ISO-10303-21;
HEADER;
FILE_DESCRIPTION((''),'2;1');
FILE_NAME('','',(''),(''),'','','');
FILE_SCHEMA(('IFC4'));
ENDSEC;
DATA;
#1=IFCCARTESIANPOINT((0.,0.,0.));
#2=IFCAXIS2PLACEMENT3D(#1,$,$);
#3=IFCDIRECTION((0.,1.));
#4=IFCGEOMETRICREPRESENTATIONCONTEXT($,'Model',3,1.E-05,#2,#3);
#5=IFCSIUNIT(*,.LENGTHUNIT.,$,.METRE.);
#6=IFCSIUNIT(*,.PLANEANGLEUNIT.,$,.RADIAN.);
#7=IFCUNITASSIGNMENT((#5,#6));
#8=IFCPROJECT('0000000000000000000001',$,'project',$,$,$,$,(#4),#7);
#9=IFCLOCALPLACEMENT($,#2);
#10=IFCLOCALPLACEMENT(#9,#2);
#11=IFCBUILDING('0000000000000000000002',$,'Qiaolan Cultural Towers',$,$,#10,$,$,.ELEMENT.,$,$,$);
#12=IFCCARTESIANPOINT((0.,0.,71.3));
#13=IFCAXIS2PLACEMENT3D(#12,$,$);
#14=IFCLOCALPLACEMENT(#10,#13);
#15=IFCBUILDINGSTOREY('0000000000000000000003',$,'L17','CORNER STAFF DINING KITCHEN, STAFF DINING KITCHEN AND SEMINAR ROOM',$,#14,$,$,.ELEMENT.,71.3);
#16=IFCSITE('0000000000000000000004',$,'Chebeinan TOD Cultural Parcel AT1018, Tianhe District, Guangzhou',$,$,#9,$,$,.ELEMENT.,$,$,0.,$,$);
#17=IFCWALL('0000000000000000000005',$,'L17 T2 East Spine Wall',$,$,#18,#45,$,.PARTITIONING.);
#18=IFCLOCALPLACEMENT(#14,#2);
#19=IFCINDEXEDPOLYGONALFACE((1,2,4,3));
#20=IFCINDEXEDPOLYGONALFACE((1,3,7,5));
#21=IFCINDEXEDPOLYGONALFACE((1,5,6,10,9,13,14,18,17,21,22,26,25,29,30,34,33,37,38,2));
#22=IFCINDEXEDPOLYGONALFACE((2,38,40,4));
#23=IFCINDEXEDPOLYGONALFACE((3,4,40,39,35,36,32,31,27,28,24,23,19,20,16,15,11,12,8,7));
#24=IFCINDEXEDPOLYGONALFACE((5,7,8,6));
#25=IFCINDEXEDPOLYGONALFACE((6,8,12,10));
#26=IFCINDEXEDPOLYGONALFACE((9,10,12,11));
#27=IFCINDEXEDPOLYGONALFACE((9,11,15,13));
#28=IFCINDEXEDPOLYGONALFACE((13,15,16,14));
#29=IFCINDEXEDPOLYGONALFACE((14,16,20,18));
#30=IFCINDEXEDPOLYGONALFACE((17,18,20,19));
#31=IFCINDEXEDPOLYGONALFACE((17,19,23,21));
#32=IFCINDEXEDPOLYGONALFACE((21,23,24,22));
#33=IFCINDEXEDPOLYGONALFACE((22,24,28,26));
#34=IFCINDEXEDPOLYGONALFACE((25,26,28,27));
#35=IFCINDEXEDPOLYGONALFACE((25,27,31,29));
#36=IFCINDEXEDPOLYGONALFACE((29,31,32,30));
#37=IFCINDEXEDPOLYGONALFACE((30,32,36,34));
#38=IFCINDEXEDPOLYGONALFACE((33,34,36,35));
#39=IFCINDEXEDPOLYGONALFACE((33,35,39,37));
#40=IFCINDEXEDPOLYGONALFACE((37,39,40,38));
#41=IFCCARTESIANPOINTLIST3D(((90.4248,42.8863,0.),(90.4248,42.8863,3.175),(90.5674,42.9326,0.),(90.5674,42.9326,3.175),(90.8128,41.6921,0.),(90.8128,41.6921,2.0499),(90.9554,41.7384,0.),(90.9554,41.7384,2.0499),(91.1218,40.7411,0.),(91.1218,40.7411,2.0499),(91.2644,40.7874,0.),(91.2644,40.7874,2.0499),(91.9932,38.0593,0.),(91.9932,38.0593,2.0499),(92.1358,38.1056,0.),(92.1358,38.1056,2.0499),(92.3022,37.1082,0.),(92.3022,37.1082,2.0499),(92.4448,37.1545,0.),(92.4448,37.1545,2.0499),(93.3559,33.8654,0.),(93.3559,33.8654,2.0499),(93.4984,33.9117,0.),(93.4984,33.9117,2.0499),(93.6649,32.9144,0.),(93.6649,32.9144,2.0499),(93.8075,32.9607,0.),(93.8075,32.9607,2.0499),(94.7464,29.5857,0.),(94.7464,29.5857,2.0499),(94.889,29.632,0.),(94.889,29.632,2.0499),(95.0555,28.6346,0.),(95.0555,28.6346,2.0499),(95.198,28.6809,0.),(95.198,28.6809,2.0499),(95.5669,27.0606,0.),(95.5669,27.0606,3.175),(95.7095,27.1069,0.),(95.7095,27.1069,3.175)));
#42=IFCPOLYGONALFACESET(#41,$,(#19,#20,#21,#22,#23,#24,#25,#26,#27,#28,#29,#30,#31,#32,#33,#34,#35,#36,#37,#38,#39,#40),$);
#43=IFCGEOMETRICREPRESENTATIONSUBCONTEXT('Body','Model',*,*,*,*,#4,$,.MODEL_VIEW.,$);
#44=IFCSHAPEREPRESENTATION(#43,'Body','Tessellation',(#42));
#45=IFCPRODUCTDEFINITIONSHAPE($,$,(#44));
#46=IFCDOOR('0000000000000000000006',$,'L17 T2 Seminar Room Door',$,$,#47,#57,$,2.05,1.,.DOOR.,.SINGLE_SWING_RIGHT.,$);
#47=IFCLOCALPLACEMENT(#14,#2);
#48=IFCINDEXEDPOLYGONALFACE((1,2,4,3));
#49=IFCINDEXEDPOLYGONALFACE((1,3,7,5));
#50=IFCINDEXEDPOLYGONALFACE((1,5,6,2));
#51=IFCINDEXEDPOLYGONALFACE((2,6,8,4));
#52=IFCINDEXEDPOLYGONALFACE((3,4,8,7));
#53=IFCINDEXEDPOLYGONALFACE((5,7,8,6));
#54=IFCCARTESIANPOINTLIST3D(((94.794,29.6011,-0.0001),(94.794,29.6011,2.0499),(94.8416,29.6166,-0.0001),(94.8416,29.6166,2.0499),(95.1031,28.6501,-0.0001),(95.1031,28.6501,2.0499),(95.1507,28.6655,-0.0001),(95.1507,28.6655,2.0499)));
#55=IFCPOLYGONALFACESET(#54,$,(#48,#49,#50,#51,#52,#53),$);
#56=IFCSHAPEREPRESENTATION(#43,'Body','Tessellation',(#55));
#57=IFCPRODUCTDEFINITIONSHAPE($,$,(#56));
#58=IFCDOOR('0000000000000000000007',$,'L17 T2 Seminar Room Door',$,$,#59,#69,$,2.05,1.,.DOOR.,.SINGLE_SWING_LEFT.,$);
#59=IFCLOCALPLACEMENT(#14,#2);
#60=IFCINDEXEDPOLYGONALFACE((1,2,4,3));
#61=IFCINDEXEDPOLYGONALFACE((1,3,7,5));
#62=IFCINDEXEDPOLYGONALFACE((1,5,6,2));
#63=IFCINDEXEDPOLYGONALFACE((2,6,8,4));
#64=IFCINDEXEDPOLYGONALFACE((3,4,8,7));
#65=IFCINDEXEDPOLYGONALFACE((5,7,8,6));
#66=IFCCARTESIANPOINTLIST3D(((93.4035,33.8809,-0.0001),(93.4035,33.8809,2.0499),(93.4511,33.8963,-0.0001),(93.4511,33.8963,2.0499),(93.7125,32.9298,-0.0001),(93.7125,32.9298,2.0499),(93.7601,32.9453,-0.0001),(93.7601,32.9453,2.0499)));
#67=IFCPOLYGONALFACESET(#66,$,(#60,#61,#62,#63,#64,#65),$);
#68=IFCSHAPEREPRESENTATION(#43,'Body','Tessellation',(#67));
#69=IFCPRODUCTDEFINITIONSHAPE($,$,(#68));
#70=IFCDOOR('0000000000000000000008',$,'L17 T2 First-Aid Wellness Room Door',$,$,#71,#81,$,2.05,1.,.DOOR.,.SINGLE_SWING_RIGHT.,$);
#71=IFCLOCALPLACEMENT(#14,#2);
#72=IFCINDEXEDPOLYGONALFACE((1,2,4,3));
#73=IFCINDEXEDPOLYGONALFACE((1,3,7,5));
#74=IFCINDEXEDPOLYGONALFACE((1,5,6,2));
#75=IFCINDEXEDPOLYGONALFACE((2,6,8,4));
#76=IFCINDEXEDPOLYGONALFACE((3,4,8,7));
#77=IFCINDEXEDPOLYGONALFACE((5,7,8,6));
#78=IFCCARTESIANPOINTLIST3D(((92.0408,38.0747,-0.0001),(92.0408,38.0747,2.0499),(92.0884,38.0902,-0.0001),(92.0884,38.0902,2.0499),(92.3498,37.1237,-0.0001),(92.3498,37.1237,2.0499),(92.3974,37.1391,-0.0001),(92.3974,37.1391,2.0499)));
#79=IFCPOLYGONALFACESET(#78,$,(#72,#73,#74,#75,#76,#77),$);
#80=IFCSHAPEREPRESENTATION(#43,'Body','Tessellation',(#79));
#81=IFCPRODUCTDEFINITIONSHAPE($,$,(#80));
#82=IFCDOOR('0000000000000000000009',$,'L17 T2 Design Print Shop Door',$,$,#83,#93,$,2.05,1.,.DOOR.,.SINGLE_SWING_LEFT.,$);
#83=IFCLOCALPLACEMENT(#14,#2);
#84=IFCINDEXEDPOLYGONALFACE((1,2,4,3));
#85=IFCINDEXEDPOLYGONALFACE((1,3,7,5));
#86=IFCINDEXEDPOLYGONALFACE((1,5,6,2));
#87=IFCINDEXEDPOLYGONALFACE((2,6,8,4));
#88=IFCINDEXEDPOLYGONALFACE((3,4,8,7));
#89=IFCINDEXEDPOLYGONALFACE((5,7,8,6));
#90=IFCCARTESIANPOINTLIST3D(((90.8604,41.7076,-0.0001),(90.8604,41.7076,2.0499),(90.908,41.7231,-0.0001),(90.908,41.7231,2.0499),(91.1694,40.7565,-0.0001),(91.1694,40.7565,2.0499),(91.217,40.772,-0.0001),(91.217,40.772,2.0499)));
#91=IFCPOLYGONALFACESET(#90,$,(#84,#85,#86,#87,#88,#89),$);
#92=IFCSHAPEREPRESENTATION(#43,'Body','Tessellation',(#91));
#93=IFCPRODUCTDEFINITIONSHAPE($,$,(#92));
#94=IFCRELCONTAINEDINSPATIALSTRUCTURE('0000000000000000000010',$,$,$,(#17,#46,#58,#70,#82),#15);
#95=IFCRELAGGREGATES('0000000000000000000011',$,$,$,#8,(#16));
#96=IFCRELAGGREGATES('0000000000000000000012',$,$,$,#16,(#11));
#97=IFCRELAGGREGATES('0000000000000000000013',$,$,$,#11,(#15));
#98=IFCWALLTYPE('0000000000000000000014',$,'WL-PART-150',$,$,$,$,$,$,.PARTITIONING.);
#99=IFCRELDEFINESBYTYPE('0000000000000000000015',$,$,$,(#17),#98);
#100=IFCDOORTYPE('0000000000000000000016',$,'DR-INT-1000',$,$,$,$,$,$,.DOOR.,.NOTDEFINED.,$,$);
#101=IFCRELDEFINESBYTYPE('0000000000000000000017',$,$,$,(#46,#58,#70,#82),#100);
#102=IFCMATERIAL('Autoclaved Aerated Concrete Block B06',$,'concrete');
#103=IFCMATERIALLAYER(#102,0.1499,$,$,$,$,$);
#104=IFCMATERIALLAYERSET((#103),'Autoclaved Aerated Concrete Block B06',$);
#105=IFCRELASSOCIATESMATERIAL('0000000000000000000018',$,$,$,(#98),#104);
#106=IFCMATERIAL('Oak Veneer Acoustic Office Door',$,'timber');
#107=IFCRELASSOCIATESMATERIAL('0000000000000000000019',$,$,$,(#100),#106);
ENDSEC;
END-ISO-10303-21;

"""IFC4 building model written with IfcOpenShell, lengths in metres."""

from ifc_helpers import new_model, si_unit, direction, frame, frame_2d, origin, place, context, subcontext, project, spatial, rectangle, extrude, material, layer, layer_set, type_object, element, fill, save


model = new_model("IFC4")

# Units and contexts
model_context = context("Model", 3, precision=1e-05, world=origin(), true_north=direction((0.0, 1.0)))
body_context = subcontext(model_context, "Body", "Model", "MODEL_VIEW")
ifc_project = project(units=[si_unit("LENGTHUNIT", "METRE"), si_unit("PLANEANGLEUNIT", "RADIAN")], contexts=[model_context])

# Site, building, storey
site_placement = place(None, origin())
site = spatial("IfcSite", under=ifc_project, at=site_placement, Name="Chebeinan TOD Cultural Parcel AT1018, Tianhe District, Guangzhou", CompositionType="ELEMENT", RefElevation=0.0)
building_placement = place(site_placement, origin())
building = spatial("IfcBuilding", under=site, at=building_placement, Name="Qiaolan Cultural Towers", CompositionType="ELEMENT")
storey_placement = place(building_placement, frame((0.0, 0.0, 71.3)))
storey = spatial("IfcBuildingStorey", under=building, at=storey_placement, Name="L17", Description="CORNER STAFF DINING KITCHEN, STAFF DINING KITCHEN AND SEMINAR ROOM", CompositionType="ELEMENT", Elevation=71.3)

# Shared definitions
ifc_material_1 = material(Name="Autoclaved Aerated Concrete Block B06", Category="concrete")
ifc_layer_1 = layer(ifc_material_1, 0.1499)
ifc_layer_set_1 = layer_set([ifc_layer_1], Name="Autoclaved Aerated Concrete Block B06")
wall_type_1 = type_object("IfcWallType", Name="WL-PART-150", PredefinedType="PARTITIONING", material=ifc_layer_set_1)

# Shared definitions
ifc_material_2 = material(Name="Oak Veneer Acoustic Office Door", Category="timber")
door_type_1 = type_object("IfcDoorType", Name="DR-INT-1000", OperationType="NOTDEFINED", PredefinedType="DOOR", material=ifc_material_2)

# Wall, openings, doors
wall_1_placement = place(storey_placement, frame((95.6382, 27.0837, 0.0), z_axis=(0.0, 0.0, 1.0), x_axis=(-0.309018, 0.951056, 0.0)))
wall_1 = element("IfcWall", 1, at=wall_1_placement, inside=storey, type_object=wall_type_1, Name="L17 T2 East Spine Wall", PredefinedType="PARTITIONING", context=body_context, shape_type="SweptSolid", body=[
    extrude(rectangle(XDim=16.6401, YDim=0.1499, at=frame_2d((8.3201, 0.0))), origin(), (0.0, 0.0, 1.0), 3.175),
])
opening_1_placement = place(wall_1_placement, frame((1.655, 0.0, 0.0)))
opening_1 = element("IfcOpeningElement", 2, at=opening_1_placement, cuts=wall_1, PredefinedType="OPENING", context=body_context, shape_type="SweptSolid", body=[
    extrude(rectangle(XDim=1.0, YDim=2.05, at=frame_2d((0.5, 1.0249))), frame((0.0, 0.085, 0.0), z_axis=(0.0, -1.0, 0.0), x_axis=(1.0, 0.0, 0.0)), (0.0, 0.0, 1.0), 0.1699),
])
opening_2_placement = place(wall_1_placement, frame((6.155, 0.0, 0.0)))
opening_2 = element("IfcOpeningElement", 3, at=opening_2_placement, cuts=wall_1, PredefinedType="OPENING", context=body_context, shape_type="SweptSolid", body=[
    extrude(rectangle(XDim=1.0, YDim=2.05, at=frame_2d((0.5, 1.0249))), frame((0.0, 0.085, 0.0), z_axis=(0.0, -1.0, 0.0), x_axis=(1.0, 0.0, 0.0)), (0.0, 0.0, 1.0), 0.1699),
])
opening_3_placement = place(wall_1_placement, frame((10.5647, 0.0, 0.0)))
opening_3 = element("IfcOpeningElement", 4, at=opening_3_placement, cuts=wall_1, PredefinedType="OPENING", context=body_context, shape_type="SweptSolid", body=[
    extrude(rectangle(XDim=1.0, YDim=2.05, at=frame_2d((0.5, 1.0249))), frame((0.0, 0.085, 0.0), z_axis=(0.0, -1.0, 0.0), x_axis=(1.0, 0.0, 0.0)), (0.0, 0.0, 1.0), 0.1699),
])
opening_4_placement = place(wall_1_placement, frame((14.3845, 0.0, 0.0)))
opening_4 = element("IfcOpeningElement", 5, at=opening_4_placement, cuts=wall_1, PredefinedType="OPENING", context=body_context, shape_type="SweptSolid", body=[
    extrude(rectangle(XDim=1.0, YDim=2.05, at=frame_2d((0.5, 1.0249))), frame((0.0, 0.085, 0.0), z_axis=(0.0, -1.0, 0.0), x_axis=(1.0, 0.0, 0.0)), (0.0, 0.0, 1.0), 0.1699),
])
door_1_placement = place(opening_1_placement, origin())
door_1 = element("IfcDoor", 6, at=door_1_placement, inside=storey, type_object=door_type_1, Name="L17 T2 Seminar Room Door", OperationType="SINGLE_SWING_RIGHT", OverallHeight=2.05, OverallWidth=1.0, PredefinedType="DOOR", context=body_context, shape_type="SweptSolid", body=[
    extrude(rectangle(XDim=1.0, YDim=2.05, at=frame_2d((0.5, 1.0249))), frame((0.0, 0.0249, 0.0), z_axis=(0.0, -1.0, 0.0), x_axis=(1.0, 0.0, 0.0)), (0.0, 0.0, 1.0), 0.05),
])
fill(opening_1, door_1)
door_2_placement = place(opening_2_placement, origin())
door_2 = element("IfcDoor", 7, at=door_2_placement, inside=storey, type_object=door_type_1, Name="L17 T2 Seminar Room Door", OperationType="SINGLE_SWING_LEFT", OverallHeight=2.05, OverallWidth=1.0, PredefinedType="DOOR", context=body_context, shape_type="SweptSolid", body=[
    extrude(rectangle(XDim=1.0, YDim=2.05, at=frame_2d((0.5, 1.0249))), frame((0.0, 0.0249, 0.0), z_axis=(0.0, -1.0, 0.0), x_axis=(1.0, 0.0, 0.0)), (0.0, 0.0, 1.0), 0.05),
])
fill(opening_2, door_2)
door_3_placement = place(opening_3_placement, origin())
door_3 = element("IfcDoor", 8, at=door_3_placement, inside=storey, type_object=door_type_1, Name="L17 T2 First-Aid Wellness Room Door", OperationType="SINGLE_SWING_RIGHT", OverallHeight=2.05, OverallWidth=1.0, PredefinedType="DOOR", context=body_context, shape_type="SweptSolid", body=[
    extrude(rectangle(XDim=1.0, YDim=2.05, at=frame_2d((0.5, 1.0249))), frame((0.0, 0.0249, 0.0), z_axis=(0.0, -1.0, 0.0), x_axis=(1.0, 0.0, 0.0)), (0.0, 0.0, 1.0), 0.05),
])
fill(opening_3, door_3)
door_4_placement = place(opening_4_placement, origin())
door_4 = element("IfcDoor", 9, at=door_4_placement, inside=storey, type_object=door_type_1, Name="L17 T2 Design Print Shop Door", OperationType="SINGLE_SWING_LEFT", OverallHeight=2.05, OverallWidth=1.0, PredefinedType="DOOR", context=body_context, shape_type="SweptSolid", body=[
    extrude(rectangle(XDim=1.0, YDim=2.05, at=frame_2d((0.5, 1.0249))), frame((0.0, 0.0249, 0.0), z_axis=(0.0, -1.0, 0.0), x_axis=(1.0, 0.0, 0.0)), (0.0, 0.0, 1.0), 0.05),
])
fill(opening_4, door_4)

save(model, "model.ifc")
